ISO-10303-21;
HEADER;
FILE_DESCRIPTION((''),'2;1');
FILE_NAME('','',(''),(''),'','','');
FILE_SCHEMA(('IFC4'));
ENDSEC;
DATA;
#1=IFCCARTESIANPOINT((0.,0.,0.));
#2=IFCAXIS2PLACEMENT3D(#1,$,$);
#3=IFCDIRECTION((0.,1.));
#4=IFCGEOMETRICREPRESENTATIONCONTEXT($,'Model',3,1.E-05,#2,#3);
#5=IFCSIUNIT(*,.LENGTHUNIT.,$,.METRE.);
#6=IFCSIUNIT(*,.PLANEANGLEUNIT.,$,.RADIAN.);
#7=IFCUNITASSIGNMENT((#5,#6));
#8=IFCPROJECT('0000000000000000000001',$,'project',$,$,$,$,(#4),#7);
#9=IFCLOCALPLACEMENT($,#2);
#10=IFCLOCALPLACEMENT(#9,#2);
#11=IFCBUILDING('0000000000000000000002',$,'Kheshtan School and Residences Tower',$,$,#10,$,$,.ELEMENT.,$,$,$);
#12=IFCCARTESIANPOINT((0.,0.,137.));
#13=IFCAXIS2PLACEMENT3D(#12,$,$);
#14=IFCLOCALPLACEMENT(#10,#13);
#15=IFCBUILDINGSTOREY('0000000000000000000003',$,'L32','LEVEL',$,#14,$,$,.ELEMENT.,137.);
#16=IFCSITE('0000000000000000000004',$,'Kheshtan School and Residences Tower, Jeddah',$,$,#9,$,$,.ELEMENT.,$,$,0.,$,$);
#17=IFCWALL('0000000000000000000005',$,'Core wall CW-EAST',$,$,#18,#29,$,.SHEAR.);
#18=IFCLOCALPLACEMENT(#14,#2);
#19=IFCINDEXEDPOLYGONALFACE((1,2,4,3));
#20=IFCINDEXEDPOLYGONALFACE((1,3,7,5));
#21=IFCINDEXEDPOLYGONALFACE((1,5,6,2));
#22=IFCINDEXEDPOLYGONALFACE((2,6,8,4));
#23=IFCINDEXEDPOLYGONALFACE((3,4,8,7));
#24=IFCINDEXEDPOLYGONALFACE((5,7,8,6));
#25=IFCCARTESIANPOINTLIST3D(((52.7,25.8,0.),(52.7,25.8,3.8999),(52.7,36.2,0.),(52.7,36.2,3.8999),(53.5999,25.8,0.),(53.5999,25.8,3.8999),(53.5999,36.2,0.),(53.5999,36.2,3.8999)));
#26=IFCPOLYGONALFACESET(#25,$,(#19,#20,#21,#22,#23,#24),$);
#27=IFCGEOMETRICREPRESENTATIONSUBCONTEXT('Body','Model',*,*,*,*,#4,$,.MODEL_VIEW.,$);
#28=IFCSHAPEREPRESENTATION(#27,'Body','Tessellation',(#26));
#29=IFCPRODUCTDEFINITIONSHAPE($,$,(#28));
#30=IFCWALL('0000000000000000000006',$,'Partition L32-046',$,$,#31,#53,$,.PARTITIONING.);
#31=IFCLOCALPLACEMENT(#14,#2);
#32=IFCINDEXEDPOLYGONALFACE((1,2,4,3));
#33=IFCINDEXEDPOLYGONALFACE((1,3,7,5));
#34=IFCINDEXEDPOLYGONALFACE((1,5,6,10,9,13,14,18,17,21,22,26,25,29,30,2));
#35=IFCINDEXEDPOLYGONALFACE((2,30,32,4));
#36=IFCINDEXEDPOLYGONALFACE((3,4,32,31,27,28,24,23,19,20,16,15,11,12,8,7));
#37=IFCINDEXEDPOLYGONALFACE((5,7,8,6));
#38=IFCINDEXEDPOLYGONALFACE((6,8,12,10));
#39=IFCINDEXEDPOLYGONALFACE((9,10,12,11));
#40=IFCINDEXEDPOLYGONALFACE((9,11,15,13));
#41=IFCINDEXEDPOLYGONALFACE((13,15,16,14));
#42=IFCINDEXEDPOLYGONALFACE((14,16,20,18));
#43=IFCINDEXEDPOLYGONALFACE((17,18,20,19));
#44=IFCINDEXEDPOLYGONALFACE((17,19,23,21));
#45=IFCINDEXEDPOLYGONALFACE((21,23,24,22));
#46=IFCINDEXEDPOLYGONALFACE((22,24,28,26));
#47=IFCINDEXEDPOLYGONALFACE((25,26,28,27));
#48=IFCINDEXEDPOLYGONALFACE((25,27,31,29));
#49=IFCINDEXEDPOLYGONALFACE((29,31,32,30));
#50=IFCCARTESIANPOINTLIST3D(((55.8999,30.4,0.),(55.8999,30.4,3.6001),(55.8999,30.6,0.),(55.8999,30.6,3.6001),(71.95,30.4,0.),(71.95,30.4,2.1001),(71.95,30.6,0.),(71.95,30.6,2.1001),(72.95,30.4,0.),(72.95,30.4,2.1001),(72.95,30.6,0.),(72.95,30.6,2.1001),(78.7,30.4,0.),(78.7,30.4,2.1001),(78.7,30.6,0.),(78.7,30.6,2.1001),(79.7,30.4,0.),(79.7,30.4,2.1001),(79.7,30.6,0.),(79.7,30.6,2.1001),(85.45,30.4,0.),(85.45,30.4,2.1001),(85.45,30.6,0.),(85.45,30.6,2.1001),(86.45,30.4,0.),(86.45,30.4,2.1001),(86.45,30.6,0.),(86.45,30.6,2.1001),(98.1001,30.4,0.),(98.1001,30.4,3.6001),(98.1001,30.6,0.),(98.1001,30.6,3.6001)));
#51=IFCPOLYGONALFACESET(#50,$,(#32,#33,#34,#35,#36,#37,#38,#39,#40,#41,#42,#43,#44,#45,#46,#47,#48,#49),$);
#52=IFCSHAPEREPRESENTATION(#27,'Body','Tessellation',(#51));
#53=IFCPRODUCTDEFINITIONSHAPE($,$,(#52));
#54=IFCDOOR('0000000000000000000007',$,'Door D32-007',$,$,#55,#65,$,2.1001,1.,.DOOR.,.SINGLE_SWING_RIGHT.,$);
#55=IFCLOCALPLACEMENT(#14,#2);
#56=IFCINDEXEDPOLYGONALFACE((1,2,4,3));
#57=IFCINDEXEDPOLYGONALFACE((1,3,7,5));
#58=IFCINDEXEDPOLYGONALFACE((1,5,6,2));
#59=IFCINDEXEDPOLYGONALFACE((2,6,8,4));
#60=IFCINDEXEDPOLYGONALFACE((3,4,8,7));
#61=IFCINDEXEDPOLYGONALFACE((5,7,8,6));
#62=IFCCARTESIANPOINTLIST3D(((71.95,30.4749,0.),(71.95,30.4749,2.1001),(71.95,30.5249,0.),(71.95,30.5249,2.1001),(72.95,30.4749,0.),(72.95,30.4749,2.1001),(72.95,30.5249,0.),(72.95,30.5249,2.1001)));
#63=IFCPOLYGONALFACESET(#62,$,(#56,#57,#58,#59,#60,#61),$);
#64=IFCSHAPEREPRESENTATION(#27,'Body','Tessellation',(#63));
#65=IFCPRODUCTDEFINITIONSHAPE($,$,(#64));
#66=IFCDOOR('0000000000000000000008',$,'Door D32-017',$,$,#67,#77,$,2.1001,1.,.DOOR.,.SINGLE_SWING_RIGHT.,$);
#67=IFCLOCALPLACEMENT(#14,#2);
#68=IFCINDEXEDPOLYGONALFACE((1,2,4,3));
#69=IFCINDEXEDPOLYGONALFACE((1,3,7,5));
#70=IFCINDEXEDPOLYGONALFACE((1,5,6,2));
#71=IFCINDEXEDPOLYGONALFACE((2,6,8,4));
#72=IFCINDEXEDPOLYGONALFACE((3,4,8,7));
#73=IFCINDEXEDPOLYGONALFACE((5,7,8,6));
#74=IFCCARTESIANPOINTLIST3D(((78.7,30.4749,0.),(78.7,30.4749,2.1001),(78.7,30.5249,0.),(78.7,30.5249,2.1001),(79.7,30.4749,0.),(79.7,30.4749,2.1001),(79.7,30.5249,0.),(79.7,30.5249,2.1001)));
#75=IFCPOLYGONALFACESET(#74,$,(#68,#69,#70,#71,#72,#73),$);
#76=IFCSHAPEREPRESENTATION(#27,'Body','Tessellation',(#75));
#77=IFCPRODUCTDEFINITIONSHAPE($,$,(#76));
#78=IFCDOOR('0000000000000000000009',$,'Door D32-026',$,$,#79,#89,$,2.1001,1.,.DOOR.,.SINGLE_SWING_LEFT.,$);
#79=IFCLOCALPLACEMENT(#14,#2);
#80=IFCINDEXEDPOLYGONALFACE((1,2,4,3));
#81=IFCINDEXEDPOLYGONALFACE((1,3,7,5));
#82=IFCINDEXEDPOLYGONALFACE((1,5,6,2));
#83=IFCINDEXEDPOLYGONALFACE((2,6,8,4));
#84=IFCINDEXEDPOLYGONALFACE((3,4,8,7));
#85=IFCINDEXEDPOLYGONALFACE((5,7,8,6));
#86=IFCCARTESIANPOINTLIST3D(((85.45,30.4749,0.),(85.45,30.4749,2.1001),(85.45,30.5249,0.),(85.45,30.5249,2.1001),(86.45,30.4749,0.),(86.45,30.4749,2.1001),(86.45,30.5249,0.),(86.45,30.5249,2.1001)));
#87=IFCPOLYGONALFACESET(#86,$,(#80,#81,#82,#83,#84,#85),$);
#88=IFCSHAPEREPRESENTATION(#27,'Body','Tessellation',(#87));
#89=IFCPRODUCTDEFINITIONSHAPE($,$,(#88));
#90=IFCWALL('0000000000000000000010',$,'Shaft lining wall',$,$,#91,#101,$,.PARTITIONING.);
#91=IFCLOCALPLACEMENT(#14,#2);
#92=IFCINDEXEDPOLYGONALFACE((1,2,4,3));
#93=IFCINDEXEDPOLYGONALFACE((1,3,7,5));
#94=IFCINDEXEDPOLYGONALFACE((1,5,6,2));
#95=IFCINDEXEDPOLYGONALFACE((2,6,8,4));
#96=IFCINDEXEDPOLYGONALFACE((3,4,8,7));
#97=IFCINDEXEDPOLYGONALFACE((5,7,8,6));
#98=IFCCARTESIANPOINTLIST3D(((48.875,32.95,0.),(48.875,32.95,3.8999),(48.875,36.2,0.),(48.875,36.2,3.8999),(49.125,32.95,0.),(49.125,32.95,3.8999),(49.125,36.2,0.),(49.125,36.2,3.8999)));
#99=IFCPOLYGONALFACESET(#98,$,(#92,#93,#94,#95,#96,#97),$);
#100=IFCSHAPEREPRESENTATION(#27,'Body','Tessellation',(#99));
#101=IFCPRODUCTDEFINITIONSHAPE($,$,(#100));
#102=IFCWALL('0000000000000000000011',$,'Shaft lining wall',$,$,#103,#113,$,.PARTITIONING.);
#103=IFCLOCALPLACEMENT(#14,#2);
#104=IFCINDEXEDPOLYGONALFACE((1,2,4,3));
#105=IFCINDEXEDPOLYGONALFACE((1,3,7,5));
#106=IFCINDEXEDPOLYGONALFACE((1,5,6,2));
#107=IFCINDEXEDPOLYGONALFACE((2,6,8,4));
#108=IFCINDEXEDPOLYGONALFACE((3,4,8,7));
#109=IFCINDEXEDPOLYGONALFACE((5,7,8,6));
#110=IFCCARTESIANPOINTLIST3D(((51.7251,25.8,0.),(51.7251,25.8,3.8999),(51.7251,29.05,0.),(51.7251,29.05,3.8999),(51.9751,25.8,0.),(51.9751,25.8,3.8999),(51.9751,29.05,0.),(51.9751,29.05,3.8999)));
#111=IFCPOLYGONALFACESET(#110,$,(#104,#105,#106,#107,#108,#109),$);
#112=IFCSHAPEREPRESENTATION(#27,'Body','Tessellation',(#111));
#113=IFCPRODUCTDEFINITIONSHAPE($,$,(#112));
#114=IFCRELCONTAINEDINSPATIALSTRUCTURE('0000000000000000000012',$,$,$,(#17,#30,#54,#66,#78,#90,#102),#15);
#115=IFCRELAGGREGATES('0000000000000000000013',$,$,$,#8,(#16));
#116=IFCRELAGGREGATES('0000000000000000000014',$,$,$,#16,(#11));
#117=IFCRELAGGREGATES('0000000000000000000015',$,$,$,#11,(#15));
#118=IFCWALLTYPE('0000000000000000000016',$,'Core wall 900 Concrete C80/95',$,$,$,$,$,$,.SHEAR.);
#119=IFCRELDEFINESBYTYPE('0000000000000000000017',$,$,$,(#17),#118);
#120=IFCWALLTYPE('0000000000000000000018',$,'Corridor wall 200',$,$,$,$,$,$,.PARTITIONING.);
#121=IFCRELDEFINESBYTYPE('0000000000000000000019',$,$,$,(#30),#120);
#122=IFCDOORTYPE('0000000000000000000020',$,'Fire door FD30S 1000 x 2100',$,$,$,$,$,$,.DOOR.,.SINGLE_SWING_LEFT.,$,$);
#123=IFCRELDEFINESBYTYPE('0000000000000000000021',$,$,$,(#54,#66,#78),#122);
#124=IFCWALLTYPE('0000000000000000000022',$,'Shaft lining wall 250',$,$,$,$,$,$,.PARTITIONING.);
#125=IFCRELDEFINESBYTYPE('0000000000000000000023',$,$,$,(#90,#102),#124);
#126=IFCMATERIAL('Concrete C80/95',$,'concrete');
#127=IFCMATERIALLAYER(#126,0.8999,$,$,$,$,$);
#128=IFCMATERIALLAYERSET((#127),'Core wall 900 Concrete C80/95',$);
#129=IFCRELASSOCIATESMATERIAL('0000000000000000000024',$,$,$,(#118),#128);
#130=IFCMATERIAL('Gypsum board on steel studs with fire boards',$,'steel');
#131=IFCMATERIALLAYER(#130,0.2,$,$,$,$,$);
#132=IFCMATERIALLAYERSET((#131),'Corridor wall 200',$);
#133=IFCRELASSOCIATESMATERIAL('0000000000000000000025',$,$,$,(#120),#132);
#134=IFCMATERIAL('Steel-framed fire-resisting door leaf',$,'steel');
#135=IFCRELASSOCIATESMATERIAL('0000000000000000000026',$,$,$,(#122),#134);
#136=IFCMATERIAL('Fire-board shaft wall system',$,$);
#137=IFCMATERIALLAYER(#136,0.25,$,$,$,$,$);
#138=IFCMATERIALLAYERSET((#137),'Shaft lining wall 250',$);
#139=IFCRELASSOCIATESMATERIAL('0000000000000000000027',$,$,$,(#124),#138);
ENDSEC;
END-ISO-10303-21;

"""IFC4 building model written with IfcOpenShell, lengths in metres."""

from ifc_helpers import new_model, si_unit, direction, frame, frame_2d, origin, place, context, subcontext, project, spatial, rectangle, extrude, source, transform, mapped, material, layer, layer_set, type_object, element, fill, save


model = new_model("IFC4")

# Units and contexts
model_context = context("Model", 3, precision=1e-05, world=origin(), true_north=direction((0.0, 1.0)))
body_context = subcontext(model_context, "Body", "Model", "MODEL_VIEW")
ifc_project = project(units=[si_unit("LENGTHUNIT", "METRE"), si_unit("PLANEANGLEUNIT", "RADIAN")], contexts=[model_context])

# Site, building, storey
site_placement = place(None, origin())
site = spatial("IfcSite", under=ifc_project, at=site_placement, Name="Kheshtan School and Residences Tower, Jeddah", CompositionType="ELEMENT", RefElevation=0.0)
building_placement = place(site_placement, origin())
building = spatial("IfcBuilding", under=site, at=building_placement, Name="Kheshtan School and Residences Tower", CompositionType="ELEMENT")
storey_placement = place(building_placement, frame((0.0, 0.0, 137.0)))
storey = spatial("IfcBuildingStorey", under=building, at=storey_placement, Name="L32", Description="LEVEL", CompositionType="ELEMENT", Elevation=137.0)

# Wall
ifc_material_1 = material(Name="Concrete C80/95", Category="concrete")
ifc_layer_1 = layer(ifc_material_1, 0.8999)
ifc_layer_set_1 = layer_set([ifc_layer_1], Name="Core wall 900 Concrete C80/95")
wall_type_1 = type_object("IfcWallType", Name="Core wall 900 Concrete C80/95", PredefinedType="SHEAR", material=ifc_layer_set_1)
wall_1_placement = place(storey_placement, frame((53.1499, 25.8, 0.0), z_axis=(0.0, 0.0, 1.0), x_axis=(0.0, 1.0, 0.0)))
element("IfcWall", 1, at=wall_1_placement, inside=storey, type_object=wall_type_1, Name="Core wall CW-EAST", PredefinedType="SHEAR", context=body_context, shape_type="SweptSolid", body=[
    extrude(rectangle(XDim=10.3999, YDim=0.8999, at=frame_2d((5.2, 0.0))), origin(), (0.0, 0.0, 1.0), 3.8999),
])

# Wall, openings, doors
ifc_material_2 = material(Name="Gypsum board on steel studs with fire boards", Category="steel")
ifc_layer_2 = layer(ifc_material_2, 0.2)
ifc_layer_set_2 = layer_set([ifc_layer_2], Name="Corridor wall 200")
wall_type_2 = type_object("IfcWallType", Name="Corridor wall 200", PredefinedType="PARTITIONING", material=ifc_layer_set_2)
wall_2_placement = place(storey_placement, frame((55.8999, 30.5, 0.0), z_axis=(0.0, 0.0, 1.0), x_axis=(1.0, 0.0, 0.0)))
wall_2 = element("IfcWall", 2, at=wall_2_placement, inside=storey, type_object=wall_type_2, Name="Partition L32-046", PredefinedType="PARTITIONING", context=body_context, shape_type="SweptSolid", body=[
    extrude(rectangle(XDim=42.2002, YDim=0.2, at=frame_2d((21.1001, 0.0))), origin(), (0.0, 0.0, 1.0), 3.6001),
])
opening_1_placement = place(wall_2_placement, frame((16.05, 0.0, 0.0)))
opening_1 = element("IfcOpeningElement", 3, at=opening_1_placement, cuts=wall_2, PredefinedType="OPENING", context=body_context, shape_type="SweptSolid", body=[
    extrude(rectangle(XDim=1.0, YDim=2.1001, at=frame_2d((0.5, 1.05))), frame((0.0, 0.1099, 0.0), z_axis=(0.0, -1.0, 0.0), x_axis=(1.0, 0.0, 0.0)), (0.0, 0.0, 1.0), 0.22),
])
opening_2_placement = place(wall_2_placement, frame((22.8, 0.0, 0.0)))
opening_2 = element("IfcOpeningElement", 4, at=opening_2_placement, cuts=wall_2, PredefinedType="OPENING", context=body_context, shape_type="SweptSolid", body=[
    extrude(rectangle(XDim=1.0, YDim=2.1001, at=frame_2d((0.5, 1.05))), frame((0.0, 0.1099, 0.0), z_axis=(0.0, -1.0, 0.0), x_axis=(1.0, 0.0, 0.0)), (0.0, 0.0, 1.0), 0.22),
])
opening_3_placement = place(wall_2_placement, frame((29.55, 0.0, 0.0)))
opening_3 = element("IfcOpeningElement", 5, at=opening_3_placement, cuts=wall_2, PredefinedType="OPENING", context=body_context, shape_type="SweptSolid", body=[
    extrude(rectangle(XDim=1.0, YDim=2.1001, at=frame_2d((0.5, 1.05))), frame((0.0, 0.1099, 0.0), z_axis=(0.0, -1.0, 0.0), x_axis=(1.0, 0.0, 0.0)), (0.0, 0.0, 1.0), 0.22),
])
ifc_material_3 = material(Name="Steel-framed fire-resisting door leaf", Category="steel")
door_type_1 = type_object("IfcDoorType", Name="Fire door FD30S 1000 x 2100", OperationType="SINGLE_SWING_LEFT", PredefinedType="DOOR", material=ifc_material_3)
shared_shape_1 = source(origin(), body_context, "Body", "SweptSolid", [
    extrude(rectangle(XDim=1.0, YDim=2.1001, at=frame_2d((0.5, 1.05))), frame((0.0, 0.0249, 0.0), z_axis=(0.0, -1.0, 0.0), x_axis=(1.0, 0.0, 0.0)), (0.0, 0.0, 1.0), 0.05),
])
door_1_placement = place(opening_1_placement, origin())
door_1 = element("IfcDoor", 6, at=door_1_placement, inside=storey, type_object=door_type_1, Name="Door D32-007", OperationType="SINGLE_SWING_RIGHT", OverallHeight=2.1001, OverallWidth=1.0, PredefinedType="DOOR", context=body_context, shape_type="MappedRepresentation", body=[
    mapped(shared_shape_1, transform((0.0, 0.0, 0.0), x_axis=(1.0, 0.0, 0.0), y_axis=(0.0, 1.0, 0.0), z_axis=(0.0, 0.0, 1.0), scale=1.0)),
])
fill(opening_1, door_1)
door_2_placement = place(opening_2_placement, origin())
door_2 = element("IfcDoor", 7, at=door_2_placement, inside=storey, type_object=door_type_1, Name="Door D32-017", OperationType="SINGLE_SWING_RIGHT", OverallHeight=2.1001, OverallWidth=1.0, PredefinedType="DOOR", context=body_context, shape_type="MappedRepresentation", body=[
    mapped(shared_shape_1, transform((0.0, 0.0, 0.0), x_axis=(1.0, 0.0, 0.0), y_axis=(0.0, 1.0, 0.0), z_axis=(0.0, 0.0, 1.0), scale=1.0)),
])
fill(opening_2, door_2)
door_3_placement = place(opening_3_placement, origin())
door_3 = element("IfcDoor", 8, at=door_3_placement, inside=storey, type_object=door_type_1, Name="Door D32-026", OperationType="SINGLE_SWING_LEFT", OverallHeight=2.1001, OverallWidth=1.0, PredefinedType="DOOR", context=body_context, shape_type="MappedRepresentation", body=[
    mapped(shared_shape_1, transform((0.0, 0.0, 0.0), x_axis=(1.0, 0.0, 0.0), y_axis=(0.0, 1.0, 0.0), z_axis=(0.0, 0.0, 1.0), scale=1.0)),
])
fill(opening_3, door_3)

# Walls
ifc_material_4 = material(Name="Fire-board shaft wall system")
ifc_layer_3 = layer(ifc_material_4, 0.25)
ifc_layer_set_3 = layer_set([ifc_layer_3], Name="Shaft lining wall 250")
wall_type_3 = type_object("IfcWallType", Name="Shaft lining wall 250", PredefinedType="PARTITIONING", material=ifc_layer_set_3)
for number, where, z_axis, x_axis, name in (
    (9, (49.0, 32.95, 0.0), (0.0, 0.0, 1.0), (0.0, 1.0, 0.0), "Shaft lining wall"),
    (10, (51.8501, 25.8, 0.0), (0.0, 0.0, 1.0), (0.0, 1.0, 0.0), "Shaft lining wall"),
):
    element("IfcWall", number, at=place(storey_placement, frame(where, z_axis=z_axis, x_axis=x_axis)), inside=storey, type_object=wall_type_3, Name=name, PredefinedType="PARTITIONING", context=body_context, shape_type="SweptSolid", body=[
        extrude(rectangle(XDim=3.25, YDim=0.25, at=frame_2d((1.625, 0.0))), origin(), (0.0, 0.0, 1.0), 3.8999),
    ])

save(model, "model.ifc")
